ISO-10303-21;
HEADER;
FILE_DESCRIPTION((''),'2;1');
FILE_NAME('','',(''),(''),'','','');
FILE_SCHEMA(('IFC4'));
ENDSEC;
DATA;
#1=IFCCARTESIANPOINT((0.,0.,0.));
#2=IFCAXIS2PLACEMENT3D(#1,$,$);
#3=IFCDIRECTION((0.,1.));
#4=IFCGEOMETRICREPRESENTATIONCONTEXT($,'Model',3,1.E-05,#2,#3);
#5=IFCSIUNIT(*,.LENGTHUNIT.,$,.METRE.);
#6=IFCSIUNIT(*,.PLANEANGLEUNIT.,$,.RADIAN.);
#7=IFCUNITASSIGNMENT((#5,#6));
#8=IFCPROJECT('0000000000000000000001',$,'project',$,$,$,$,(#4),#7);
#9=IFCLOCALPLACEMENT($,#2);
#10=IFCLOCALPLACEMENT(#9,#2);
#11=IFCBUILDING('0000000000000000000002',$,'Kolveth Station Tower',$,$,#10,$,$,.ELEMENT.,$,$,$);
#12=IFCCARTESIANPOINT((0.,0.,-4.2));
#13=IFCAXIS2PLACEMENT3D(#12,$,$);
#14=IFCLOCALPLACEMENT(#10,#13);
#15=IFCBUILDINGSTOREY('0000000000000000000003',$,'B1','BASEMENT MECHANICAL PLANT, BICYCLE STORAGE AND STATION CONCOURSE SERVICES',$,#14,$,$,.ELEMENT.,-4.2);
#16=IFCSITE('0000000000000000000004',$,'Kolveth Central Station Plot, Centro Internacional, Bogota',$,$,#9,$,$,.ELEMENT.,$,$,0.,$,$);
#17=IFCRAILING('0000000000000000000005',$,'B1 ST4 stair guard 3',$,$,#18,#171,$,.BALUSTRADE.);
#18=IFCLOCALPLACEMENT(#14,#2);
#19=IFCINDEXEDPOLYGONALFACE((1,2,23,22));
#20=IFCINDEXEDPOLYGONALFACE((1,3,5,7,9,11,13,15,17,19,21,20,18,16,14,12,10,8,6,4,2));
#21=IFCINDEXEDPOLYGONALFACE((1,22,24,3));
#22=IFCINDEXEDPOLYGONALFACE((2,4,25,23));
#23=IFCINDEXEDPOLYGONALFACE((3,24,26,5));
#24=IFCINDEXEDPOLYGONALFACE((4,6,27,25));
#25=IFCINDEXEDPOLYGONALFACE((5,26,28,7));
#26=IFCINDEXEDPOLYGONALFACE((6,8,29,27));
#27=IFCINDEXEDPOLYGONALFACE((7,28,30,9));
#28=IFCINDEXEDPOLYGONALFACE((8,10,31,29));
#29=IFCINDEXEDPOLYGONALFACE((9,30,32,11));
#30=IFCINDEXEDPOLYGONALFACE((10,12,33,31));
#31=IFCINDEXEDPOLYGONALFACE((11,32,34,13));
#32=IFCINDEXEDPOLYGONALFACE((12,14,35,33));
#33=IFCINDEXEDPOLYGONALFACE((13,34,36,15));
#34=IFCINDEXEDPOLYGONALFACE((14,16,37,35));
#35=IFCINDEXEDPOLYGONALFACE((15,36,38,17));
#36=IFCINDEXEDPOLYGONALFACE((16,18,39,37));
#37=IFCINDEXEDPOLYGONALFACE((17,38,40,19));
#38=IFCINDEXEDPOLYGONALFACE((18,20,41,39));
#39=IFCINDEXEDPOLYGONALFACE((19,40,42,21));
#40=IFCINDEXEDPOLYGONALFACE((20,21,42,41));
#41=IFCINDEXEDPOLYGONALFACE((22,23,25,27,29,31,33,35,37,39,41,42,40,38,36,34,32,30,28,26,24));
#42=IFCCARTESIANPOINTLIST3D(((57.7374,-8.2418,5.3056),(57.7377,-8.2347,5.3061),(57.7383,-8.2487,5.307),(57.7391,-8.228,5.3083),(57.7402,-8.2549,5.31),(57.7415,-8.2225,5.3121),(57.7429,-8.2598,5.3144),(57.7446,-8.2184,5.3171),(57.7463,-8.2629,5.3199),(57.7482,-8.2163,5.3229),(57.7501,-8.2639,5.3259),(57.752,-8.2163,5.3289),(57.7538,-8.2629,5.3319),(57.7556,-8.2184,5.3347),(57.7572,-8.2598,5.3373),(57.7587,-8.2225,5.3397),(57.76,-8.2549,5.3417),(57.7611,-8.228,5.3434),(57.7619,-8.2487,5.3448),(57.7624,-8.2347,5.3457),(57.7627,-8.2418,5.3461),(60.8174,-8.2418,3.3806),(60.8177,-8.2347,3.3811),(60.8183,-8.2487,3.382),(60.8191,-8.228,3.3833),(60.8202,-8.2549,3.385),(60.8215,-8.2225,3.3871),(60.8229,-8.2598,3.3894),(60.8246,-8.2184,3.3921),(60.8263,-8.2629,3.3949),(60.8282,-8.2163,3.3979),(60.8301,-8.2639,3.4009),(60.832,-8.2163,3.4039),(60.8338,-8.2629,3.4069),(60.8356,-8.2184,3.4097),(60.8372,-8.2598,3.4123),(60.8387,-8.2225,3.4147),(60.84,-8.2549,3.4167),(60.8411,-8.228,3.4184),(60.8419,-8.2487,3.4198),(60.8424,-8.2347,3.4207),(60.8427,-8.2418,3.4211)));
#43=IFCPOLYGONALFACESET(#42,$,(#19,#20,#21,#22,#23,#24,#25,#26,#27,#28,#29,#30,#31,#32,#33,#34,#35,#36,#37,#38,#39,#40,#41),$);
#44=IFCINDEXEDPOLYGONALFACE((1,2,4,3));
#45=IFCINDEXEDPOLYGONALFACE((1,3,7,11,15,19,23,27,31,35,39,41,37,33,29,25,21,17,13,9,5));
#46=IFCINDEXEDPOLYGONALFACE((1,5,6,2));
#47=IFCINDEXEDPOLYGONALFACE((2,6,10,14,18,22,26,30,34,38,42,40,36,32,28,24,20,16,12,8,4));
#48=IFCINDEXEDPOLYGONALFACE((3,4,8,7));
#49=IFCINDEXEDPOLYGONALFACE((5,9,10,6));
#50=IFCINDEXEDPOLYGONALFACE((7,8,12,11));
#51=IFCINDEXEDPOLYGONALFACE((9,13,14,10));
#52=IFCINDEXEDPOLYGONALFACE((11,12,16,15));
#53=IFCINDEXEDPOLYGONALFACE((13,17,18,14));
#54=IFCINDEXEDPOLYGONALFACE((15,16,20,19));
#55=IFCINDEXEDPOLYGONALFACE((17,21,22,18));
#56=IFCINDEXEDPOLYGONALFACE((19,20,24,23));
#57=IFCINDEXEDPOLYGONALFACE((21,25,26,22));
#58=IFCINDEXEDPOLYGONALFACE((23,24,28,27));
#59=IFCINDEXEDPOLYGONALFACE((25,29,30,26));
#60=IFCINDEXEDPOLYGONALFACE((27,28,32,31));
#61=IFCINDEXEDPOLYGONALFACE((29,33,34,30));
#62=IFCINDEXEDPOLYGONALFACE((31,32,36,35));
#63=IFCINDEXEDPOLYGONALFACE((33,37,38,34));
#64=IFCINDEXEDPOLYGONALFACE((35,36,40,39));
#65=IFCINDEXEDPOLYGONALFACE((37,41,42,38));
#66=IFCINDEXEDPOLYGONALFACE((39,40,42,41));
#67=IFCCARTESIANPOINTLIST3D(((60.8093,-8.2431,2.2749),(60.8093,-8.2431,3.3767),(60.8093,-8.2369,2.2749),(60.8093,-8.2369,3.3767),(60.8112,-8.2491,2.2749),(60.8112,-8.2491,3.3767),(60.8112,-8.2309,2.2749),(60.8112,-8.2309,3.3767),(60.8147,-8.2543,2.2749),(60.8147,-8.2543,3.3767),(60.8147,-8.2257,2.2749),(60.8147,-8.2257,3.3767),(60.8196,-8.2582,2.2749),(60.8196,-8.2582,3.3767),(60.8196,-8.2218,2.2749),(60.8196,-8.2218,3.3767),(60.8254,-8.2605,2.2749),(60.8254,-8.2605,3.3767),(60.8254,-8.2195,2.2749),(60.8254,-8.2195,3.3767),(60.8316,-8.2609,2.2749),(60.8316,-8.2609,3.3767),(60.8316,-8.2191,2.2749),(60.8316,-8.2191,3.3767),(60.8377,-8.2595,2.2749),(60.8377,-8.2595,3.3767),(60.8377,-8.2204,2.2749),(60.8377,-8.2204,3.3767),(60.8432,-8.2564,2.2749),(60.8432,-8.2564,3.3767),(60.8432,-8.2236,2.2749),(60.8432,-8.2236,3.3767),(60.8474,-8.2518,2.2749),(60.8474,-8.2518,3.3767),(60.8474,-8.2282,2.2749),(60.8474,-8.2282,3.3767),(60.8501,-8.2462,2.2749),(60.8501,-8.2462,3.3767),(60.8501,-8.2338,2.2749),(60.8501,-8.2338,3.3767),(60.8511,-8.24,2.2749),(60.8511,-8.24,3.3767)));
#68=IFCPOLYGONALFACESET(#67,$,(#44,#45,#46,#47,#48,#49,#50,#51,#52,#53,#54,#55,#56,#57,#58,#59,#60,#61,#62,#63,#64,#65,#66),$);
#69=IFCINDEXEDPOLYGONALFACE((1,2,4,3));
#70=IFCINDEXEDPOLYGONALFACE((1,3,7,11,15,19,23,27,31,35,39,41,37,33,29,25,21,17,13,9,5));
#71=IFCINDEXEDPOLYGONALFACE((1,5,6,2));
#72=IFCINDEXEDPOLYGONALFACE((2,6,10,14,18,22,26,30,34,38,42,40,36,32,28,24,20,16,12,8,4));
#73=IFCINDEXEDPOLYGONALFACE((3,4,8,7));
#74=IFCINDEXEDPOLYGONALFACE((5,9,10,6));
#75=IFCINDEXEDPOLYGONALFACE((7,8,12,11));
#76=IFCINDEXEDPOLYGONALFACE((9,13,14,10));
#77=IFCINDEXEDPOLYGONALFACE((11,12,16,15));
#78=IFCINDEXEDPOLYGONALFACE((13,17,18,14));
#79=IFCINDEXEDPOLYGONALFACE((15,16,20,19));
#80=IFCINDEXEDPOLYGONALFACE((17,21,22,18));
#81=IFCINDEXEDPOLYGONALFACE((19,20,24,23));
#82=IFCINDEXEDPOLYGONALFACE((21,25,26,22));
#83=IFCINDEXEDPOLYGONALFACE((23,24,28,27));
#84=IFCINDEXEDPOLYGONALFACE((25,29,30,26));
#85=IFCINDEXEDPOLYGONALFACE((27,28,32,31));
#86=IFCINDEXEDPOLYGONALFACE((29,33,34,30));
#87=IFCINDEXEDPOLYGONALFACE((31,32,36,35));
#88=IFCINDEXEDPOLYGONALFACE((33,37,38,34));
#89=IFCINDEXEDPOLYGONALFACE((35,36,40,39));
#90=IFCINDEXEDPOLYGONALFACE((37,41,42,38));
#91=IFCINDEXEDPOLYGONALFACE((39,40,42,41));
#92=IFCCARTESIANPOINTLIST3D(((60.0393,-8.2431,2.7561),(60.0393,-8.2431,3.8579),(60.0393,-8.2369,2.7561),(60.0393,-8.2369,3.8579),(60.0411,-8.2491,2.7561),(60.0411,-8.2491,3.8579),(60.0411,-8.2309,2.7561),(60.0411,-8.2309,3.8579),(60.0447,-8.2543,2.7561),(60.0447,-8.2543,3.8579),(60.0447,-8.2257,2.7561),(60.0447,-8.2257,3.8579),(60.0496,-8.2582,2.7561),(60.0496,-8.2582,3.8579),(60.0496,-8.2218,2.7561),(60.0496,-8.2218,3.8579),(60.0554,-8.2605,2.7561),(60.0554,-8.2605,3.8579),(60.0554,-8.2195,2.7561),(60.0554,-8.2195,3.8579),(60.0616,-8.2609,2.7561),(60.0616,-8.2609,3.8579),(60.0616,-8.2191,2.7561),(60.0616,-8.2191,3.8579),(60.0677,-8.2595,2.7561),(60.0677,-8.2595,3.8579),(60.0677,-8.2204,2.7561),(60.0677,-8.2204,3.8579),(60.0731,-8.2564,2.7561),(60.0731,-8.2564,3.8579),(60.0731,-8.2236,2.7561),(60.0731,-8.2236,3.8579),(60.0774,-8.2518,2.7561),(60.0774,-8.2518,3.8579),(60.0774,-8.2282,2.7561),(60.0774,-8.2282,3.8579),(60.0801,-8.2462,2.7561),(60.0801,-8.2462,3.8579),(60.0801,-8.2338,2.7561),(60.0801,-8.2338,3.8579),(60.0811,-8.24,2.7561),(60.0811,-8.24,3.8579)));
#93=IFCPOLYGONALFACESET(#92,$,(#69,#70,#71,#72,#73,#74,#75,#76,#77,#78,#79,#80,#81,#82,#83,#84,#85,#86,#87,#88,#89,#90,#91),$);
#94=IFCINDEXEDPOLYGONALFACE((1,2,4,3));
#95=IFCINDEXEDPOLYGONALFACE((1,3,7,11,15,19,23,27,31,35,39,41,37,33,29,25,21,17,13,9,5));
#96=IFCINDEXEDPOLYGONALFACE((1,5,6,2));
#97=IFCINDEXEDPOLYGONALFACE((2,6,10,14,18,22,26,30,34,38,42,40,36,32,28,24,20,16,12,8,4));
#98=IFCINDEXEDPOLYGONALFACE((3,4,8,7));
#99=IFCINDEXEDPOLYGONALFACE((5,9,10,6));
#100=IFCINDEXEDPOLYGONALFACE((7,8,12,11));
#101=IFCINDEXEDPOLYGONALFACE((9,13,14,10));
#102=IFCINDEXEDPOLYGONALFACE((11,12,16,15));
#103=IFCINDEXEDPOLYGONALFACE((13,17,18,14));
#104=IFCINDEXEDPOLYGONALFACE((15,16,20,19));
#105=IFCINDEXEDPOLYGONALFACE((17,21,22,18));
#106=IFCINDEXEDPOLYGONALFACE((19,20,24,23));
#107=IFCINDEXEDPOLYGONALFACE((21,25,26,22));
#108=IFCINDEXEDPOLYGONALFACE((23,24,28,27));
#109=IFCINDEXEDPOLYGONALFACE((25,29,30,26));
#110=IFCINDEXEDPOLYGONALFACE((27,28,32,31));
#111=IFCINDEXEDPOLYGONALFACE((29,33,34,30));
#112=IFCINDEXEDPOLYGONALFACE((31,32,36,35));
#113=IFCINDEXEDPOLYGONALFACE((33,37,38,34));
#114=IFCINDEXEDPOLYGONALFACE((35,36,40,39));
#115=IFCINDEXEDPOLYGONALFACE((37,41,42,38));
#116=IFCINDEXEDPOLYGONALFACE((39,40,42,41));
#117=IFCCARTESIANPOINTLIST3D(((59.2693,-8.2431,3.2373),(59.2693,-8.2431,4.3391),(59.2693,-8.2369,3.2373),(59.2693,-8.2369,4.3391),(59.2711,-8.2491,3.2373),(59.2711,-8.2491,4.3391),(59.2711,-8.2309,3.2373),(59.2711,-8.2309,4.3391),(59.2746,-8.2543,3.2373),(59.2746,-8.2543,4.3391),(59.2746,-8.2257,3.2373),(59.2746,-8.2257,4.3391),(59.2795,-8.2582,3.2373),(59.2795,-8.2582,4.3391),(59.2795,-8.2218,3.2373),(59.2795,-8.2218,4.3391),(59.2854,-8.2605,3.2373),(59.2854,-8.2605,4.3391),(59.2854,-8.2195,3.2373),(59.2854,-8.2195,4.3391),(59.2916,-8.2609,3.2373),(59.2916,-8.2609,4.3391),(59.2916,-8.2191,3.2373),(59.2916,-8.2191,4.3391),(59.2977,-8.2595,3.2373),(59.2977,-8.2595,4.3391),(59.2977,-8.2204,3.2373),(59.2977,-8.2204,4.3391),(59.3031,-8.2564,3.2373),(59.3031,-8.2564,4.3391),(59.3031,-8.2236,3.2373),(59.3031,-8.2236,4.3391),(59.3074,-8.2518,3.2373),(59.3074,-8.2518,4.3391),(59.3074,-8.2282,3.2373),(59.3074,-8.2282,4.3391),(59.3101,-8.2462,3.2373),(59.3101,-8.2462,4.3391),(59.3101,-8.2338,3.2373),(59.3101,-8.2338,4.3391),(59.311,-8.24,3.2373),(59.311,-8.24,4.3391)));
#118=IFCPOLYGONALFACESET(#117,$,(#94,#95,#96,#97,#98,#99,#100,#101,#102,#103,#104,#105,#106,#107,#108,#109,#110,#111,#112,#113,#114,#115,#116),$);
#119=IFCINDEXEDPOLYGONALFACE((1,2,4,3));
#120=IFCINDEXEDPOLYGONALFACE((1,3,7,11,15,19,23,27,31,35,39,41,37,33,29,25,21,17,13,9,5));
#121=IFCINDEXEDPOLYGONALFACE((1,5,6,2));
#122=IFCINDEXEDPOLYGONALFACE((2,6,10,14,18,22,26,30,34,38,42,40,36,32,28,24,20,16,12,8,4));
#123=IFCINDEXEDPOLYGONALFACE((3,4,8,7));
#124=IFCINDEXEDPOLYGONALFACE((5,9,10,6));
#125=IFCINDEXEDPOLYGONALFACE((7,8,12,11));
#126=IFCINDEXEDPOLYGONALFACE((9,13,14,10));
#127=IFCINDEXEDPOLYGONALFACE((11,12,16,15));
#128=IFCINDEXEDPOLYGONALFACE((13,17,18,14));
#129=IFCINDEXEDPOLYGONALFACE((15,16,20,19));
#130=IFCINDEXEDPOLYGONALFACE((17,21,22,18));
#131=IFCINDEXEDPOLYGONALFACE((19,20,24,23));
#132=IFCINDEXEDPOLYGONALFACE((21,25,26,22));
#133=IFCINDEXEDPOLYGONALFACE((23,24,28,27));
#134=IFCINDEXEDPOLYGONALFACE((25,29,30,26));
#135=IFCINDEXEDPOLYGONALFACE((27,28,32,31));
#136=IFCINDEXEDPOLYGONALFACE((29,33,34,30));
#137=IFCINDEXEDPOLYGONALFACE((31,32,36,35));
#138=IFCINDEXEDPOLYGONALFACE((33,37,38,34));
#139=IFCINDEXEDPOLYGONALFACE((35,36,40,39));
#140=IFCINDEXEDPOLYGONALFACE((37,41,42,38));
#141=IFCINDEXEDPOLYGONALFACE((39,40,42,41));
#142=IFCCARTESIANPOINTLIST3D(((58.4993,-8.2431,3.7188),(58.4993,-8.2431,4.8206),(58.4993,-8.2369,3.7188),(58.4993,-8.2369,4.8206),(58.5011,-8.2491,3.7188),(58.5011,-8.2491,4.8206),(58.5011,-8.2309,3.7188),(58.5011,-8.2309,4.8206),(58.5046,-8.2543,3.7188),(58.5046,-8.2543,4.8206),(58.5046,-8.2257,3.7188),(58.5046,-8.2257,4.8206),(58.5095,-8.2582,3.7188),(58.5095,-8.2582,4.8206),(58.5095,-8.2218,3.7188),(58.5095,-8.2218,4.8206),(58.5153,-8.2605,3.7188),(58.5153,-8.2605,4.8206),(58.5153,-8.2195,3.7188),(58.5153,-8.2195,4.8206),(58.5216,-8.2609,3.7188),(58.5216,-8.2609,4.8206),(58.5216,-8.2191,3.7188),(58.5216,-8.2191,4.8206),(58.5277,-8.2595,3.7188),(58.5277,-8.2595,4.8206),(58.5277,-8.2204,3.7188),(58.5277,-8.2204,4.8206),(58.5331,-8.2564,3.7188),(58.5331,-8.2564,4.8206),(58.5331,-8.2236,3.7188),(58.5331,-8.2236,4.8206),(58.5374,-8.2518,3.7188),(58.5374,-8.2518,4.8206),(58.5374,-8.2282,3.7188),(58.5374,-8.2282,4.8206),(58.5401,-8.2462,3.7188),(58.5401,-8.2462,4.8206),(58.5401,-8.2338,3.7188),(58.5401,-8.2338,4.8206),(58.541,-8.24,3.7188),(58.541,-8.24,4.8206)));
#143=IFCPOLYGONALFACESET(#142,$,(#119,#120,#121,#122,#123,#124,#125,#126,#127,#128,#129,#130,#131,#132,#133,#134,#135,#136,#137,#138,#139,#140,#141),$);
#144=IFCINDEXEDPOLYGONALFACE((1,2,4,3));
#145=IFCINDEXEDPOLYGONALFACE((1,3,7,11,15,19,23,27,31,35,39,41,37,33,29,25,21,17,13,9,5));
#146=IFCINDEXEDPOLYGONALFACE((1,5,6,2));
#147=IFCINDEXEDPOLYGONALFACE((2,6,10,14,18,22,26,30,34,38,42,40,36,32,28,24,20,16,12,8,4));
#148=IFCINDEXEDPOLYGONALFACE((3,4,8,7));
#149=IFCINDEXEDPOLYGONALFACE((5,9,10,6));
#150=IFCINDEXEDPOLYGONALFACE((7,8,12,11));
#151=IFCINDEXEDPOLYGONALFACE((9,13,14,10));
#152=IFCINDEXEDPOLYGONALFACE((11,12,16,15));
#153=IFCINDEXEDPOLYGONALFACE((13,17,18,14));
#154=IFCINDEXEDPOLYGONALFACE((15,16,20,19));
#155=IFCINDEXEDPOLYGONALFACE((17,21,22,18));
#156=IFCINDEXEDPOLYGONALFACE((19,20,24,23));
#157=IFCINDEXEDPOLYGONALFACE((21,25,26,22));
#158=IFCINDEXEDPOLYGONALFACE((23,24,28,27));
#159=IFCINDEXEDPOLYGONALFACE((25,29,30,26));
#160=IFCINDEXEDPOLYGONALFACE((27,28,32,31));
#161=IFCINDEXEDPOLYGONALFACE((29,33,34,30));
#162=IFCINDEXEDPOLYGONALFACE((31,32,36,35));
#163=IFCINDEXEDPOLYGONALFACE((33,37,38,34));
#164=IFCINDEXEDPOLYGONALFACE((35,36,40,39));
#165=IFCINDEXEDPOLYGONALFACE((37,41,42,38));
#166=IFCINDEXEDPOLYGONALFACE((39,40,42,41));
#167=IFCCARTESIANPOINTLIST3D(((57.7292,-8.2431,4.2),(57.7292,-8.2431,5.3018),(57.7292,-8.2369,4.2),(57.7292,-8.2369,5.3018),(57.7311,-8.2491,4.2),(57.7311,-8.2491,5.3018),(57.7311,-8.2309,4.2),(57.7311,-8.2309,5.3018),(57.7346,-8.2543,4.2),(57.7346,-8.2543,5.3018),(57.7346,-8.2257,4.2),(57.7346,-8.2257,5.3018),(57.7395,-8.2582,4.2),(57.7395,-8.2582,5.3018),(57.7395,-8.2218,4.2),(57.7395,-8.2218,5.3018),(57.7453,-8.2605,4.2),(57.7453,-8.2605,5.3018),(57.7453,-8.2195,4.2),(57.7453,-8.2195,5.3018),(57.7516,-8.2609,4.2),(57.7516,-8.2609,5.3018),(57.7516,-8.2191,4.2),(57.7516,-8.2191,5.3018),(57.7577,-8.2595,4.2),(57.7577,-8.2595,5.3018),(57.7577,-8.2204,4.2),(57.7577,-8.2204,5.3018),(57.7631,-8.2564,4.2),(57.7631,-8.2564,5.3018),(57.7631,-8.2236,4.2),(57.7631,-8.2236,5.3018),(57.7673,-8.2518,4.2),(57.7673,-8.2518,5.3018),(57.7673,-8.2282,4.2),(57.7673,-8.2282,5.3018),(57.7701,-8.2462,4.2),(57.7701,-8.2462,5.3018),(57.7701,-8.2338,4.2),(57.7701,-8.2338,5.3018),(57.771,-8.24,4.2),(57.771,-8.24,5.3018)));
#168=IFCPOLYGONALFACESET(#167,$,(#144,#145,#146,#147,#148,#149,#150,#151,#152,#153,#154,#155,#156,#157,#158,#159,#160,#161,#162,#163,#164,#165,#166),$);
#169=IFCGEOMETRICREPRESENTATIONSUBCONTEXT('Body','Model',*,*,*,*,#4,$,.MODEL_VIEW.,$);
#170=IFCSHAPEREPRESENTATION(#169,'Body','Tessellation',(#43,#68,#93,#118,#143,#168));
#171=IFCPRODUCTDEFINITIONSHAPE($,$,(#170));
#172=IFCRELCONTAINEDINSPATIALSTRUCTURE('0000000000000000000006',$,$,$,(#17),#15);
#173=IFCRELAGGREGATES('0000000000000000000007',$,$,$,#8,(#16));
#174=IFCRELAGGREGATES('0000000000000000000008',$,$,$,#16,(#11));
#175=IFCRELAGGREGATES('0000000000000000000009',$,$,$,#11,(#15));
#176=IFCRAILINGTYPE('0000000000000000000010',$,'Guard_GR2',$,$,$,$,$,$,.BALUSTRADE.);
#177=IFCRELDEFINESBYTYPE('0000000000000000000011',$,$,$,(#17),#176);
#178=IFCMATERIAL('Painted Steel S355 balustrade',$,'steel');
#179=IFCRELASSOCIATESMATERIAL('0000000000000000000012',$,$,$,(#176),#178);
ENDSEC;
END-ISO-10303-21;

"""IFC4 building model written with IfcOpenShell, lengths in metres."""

from ifc_helpers import new_model, si_unit, direction, frame, origin, origin_2d, place, context, subcontext, project, spatial, circle, extrude, material, type_object, element, save


model = new_model("IFC4")

# Units and contexts
model_context = context("Model", 3, precision=1e-05, world=origin(), true_north=direction((0.0, 1.0)))
body_context = subcontext(model_context, "Body", "Model", "MODEL_VIEW")
ifc_project = project(units=[si_unit("LENGTHUNIT", "METRE"), si_unit("PLANEANGLEUNIT", "RADIAN")], contexts=[model_context])

# Site, building, storey
site_placement = place(None, origin())
site = spatial("IfcSite", under=ifc_project, at=site_placement, Name="Kolveth Central Station Plot, Centro Internacional, Bogota", CompositionType="ELEMENT", RefElevation=0.0)
building_placement = place(site_placement, origin())
building = spatial("IfcBuilding", under=site, at=building_placement, Name="Kolveth Station Tower", CompositionType="ELEMENT")
storey_placement = place(building_placement, frame((0.0, 0.0, -4.2)))
storey = spatial("IfcBuildingStorey", under=building, at=storey_placement, Name="B1", Description="BASEMENT MECHANICAL PLANT, BICYCLE STORAGE AND STATION CONCOURSE SERVICES", CompositionType="ELEMENT", Elevation=-4.2)

# Railing
ifc_material_1 = material(Name="Painted Steel S355 balustrade", Category="steel")
railing_type_1 = type_object("IfcRailingType", Name="Guard_GR2", PredefinedType="BALUSTRADE", material=ifc_material_1)
railing_1_placement = place(storey_placement, frame((60.8301, -8.24, 2.2749)))
element("IfcRailing", 1, at=railing_1_placement, inside=storey, type_object=railing_type_1, Name="B1 ST4 stair guard 3", PredefinedType="BALUSTRADE", context=body_context, shape_type="SweptSolid", body=[
    extrude(circle(Radius=0.0239, at=origin_2d()), frame((0.0, 0.0, 1.126), z_axis=(-0.847998, 0.0, 0.529999), x_axis=(0.0, -1.0, 0.0)), (0.0, 0.0, 1.0), 3.6321),
    extrude(circle(Radius=0.021, at=origin_2d()), origin(), (0.0, 0.0, 1.0), 1.1018),
    extrude(circle(Radius=0.021, at=origin_2d()), frame((-0.77, 0.0, 0.4812)), (0.0, 0.0, 1.0), 1.1018),
    extrude(circle(Radius=0.021, at=origin_2d()), frame((-1.54, 0.0, 0.9624)), (0.0, 0.0, 1.0), 1.1018),
    extrude(circle(Radius=0.021, at=origin_2d()), frame((-2.3101, 0.0, 1.4438)), (0.0, 0.0, 1.0), 1.1018),
    extrude(circle(Radius=0.021, at=origin_2d()), frame((-3.0801, 0.0, 1.925)), (0.0, 0.0, 1.0), 1.1018),
])

save(model, "model.ifc")
